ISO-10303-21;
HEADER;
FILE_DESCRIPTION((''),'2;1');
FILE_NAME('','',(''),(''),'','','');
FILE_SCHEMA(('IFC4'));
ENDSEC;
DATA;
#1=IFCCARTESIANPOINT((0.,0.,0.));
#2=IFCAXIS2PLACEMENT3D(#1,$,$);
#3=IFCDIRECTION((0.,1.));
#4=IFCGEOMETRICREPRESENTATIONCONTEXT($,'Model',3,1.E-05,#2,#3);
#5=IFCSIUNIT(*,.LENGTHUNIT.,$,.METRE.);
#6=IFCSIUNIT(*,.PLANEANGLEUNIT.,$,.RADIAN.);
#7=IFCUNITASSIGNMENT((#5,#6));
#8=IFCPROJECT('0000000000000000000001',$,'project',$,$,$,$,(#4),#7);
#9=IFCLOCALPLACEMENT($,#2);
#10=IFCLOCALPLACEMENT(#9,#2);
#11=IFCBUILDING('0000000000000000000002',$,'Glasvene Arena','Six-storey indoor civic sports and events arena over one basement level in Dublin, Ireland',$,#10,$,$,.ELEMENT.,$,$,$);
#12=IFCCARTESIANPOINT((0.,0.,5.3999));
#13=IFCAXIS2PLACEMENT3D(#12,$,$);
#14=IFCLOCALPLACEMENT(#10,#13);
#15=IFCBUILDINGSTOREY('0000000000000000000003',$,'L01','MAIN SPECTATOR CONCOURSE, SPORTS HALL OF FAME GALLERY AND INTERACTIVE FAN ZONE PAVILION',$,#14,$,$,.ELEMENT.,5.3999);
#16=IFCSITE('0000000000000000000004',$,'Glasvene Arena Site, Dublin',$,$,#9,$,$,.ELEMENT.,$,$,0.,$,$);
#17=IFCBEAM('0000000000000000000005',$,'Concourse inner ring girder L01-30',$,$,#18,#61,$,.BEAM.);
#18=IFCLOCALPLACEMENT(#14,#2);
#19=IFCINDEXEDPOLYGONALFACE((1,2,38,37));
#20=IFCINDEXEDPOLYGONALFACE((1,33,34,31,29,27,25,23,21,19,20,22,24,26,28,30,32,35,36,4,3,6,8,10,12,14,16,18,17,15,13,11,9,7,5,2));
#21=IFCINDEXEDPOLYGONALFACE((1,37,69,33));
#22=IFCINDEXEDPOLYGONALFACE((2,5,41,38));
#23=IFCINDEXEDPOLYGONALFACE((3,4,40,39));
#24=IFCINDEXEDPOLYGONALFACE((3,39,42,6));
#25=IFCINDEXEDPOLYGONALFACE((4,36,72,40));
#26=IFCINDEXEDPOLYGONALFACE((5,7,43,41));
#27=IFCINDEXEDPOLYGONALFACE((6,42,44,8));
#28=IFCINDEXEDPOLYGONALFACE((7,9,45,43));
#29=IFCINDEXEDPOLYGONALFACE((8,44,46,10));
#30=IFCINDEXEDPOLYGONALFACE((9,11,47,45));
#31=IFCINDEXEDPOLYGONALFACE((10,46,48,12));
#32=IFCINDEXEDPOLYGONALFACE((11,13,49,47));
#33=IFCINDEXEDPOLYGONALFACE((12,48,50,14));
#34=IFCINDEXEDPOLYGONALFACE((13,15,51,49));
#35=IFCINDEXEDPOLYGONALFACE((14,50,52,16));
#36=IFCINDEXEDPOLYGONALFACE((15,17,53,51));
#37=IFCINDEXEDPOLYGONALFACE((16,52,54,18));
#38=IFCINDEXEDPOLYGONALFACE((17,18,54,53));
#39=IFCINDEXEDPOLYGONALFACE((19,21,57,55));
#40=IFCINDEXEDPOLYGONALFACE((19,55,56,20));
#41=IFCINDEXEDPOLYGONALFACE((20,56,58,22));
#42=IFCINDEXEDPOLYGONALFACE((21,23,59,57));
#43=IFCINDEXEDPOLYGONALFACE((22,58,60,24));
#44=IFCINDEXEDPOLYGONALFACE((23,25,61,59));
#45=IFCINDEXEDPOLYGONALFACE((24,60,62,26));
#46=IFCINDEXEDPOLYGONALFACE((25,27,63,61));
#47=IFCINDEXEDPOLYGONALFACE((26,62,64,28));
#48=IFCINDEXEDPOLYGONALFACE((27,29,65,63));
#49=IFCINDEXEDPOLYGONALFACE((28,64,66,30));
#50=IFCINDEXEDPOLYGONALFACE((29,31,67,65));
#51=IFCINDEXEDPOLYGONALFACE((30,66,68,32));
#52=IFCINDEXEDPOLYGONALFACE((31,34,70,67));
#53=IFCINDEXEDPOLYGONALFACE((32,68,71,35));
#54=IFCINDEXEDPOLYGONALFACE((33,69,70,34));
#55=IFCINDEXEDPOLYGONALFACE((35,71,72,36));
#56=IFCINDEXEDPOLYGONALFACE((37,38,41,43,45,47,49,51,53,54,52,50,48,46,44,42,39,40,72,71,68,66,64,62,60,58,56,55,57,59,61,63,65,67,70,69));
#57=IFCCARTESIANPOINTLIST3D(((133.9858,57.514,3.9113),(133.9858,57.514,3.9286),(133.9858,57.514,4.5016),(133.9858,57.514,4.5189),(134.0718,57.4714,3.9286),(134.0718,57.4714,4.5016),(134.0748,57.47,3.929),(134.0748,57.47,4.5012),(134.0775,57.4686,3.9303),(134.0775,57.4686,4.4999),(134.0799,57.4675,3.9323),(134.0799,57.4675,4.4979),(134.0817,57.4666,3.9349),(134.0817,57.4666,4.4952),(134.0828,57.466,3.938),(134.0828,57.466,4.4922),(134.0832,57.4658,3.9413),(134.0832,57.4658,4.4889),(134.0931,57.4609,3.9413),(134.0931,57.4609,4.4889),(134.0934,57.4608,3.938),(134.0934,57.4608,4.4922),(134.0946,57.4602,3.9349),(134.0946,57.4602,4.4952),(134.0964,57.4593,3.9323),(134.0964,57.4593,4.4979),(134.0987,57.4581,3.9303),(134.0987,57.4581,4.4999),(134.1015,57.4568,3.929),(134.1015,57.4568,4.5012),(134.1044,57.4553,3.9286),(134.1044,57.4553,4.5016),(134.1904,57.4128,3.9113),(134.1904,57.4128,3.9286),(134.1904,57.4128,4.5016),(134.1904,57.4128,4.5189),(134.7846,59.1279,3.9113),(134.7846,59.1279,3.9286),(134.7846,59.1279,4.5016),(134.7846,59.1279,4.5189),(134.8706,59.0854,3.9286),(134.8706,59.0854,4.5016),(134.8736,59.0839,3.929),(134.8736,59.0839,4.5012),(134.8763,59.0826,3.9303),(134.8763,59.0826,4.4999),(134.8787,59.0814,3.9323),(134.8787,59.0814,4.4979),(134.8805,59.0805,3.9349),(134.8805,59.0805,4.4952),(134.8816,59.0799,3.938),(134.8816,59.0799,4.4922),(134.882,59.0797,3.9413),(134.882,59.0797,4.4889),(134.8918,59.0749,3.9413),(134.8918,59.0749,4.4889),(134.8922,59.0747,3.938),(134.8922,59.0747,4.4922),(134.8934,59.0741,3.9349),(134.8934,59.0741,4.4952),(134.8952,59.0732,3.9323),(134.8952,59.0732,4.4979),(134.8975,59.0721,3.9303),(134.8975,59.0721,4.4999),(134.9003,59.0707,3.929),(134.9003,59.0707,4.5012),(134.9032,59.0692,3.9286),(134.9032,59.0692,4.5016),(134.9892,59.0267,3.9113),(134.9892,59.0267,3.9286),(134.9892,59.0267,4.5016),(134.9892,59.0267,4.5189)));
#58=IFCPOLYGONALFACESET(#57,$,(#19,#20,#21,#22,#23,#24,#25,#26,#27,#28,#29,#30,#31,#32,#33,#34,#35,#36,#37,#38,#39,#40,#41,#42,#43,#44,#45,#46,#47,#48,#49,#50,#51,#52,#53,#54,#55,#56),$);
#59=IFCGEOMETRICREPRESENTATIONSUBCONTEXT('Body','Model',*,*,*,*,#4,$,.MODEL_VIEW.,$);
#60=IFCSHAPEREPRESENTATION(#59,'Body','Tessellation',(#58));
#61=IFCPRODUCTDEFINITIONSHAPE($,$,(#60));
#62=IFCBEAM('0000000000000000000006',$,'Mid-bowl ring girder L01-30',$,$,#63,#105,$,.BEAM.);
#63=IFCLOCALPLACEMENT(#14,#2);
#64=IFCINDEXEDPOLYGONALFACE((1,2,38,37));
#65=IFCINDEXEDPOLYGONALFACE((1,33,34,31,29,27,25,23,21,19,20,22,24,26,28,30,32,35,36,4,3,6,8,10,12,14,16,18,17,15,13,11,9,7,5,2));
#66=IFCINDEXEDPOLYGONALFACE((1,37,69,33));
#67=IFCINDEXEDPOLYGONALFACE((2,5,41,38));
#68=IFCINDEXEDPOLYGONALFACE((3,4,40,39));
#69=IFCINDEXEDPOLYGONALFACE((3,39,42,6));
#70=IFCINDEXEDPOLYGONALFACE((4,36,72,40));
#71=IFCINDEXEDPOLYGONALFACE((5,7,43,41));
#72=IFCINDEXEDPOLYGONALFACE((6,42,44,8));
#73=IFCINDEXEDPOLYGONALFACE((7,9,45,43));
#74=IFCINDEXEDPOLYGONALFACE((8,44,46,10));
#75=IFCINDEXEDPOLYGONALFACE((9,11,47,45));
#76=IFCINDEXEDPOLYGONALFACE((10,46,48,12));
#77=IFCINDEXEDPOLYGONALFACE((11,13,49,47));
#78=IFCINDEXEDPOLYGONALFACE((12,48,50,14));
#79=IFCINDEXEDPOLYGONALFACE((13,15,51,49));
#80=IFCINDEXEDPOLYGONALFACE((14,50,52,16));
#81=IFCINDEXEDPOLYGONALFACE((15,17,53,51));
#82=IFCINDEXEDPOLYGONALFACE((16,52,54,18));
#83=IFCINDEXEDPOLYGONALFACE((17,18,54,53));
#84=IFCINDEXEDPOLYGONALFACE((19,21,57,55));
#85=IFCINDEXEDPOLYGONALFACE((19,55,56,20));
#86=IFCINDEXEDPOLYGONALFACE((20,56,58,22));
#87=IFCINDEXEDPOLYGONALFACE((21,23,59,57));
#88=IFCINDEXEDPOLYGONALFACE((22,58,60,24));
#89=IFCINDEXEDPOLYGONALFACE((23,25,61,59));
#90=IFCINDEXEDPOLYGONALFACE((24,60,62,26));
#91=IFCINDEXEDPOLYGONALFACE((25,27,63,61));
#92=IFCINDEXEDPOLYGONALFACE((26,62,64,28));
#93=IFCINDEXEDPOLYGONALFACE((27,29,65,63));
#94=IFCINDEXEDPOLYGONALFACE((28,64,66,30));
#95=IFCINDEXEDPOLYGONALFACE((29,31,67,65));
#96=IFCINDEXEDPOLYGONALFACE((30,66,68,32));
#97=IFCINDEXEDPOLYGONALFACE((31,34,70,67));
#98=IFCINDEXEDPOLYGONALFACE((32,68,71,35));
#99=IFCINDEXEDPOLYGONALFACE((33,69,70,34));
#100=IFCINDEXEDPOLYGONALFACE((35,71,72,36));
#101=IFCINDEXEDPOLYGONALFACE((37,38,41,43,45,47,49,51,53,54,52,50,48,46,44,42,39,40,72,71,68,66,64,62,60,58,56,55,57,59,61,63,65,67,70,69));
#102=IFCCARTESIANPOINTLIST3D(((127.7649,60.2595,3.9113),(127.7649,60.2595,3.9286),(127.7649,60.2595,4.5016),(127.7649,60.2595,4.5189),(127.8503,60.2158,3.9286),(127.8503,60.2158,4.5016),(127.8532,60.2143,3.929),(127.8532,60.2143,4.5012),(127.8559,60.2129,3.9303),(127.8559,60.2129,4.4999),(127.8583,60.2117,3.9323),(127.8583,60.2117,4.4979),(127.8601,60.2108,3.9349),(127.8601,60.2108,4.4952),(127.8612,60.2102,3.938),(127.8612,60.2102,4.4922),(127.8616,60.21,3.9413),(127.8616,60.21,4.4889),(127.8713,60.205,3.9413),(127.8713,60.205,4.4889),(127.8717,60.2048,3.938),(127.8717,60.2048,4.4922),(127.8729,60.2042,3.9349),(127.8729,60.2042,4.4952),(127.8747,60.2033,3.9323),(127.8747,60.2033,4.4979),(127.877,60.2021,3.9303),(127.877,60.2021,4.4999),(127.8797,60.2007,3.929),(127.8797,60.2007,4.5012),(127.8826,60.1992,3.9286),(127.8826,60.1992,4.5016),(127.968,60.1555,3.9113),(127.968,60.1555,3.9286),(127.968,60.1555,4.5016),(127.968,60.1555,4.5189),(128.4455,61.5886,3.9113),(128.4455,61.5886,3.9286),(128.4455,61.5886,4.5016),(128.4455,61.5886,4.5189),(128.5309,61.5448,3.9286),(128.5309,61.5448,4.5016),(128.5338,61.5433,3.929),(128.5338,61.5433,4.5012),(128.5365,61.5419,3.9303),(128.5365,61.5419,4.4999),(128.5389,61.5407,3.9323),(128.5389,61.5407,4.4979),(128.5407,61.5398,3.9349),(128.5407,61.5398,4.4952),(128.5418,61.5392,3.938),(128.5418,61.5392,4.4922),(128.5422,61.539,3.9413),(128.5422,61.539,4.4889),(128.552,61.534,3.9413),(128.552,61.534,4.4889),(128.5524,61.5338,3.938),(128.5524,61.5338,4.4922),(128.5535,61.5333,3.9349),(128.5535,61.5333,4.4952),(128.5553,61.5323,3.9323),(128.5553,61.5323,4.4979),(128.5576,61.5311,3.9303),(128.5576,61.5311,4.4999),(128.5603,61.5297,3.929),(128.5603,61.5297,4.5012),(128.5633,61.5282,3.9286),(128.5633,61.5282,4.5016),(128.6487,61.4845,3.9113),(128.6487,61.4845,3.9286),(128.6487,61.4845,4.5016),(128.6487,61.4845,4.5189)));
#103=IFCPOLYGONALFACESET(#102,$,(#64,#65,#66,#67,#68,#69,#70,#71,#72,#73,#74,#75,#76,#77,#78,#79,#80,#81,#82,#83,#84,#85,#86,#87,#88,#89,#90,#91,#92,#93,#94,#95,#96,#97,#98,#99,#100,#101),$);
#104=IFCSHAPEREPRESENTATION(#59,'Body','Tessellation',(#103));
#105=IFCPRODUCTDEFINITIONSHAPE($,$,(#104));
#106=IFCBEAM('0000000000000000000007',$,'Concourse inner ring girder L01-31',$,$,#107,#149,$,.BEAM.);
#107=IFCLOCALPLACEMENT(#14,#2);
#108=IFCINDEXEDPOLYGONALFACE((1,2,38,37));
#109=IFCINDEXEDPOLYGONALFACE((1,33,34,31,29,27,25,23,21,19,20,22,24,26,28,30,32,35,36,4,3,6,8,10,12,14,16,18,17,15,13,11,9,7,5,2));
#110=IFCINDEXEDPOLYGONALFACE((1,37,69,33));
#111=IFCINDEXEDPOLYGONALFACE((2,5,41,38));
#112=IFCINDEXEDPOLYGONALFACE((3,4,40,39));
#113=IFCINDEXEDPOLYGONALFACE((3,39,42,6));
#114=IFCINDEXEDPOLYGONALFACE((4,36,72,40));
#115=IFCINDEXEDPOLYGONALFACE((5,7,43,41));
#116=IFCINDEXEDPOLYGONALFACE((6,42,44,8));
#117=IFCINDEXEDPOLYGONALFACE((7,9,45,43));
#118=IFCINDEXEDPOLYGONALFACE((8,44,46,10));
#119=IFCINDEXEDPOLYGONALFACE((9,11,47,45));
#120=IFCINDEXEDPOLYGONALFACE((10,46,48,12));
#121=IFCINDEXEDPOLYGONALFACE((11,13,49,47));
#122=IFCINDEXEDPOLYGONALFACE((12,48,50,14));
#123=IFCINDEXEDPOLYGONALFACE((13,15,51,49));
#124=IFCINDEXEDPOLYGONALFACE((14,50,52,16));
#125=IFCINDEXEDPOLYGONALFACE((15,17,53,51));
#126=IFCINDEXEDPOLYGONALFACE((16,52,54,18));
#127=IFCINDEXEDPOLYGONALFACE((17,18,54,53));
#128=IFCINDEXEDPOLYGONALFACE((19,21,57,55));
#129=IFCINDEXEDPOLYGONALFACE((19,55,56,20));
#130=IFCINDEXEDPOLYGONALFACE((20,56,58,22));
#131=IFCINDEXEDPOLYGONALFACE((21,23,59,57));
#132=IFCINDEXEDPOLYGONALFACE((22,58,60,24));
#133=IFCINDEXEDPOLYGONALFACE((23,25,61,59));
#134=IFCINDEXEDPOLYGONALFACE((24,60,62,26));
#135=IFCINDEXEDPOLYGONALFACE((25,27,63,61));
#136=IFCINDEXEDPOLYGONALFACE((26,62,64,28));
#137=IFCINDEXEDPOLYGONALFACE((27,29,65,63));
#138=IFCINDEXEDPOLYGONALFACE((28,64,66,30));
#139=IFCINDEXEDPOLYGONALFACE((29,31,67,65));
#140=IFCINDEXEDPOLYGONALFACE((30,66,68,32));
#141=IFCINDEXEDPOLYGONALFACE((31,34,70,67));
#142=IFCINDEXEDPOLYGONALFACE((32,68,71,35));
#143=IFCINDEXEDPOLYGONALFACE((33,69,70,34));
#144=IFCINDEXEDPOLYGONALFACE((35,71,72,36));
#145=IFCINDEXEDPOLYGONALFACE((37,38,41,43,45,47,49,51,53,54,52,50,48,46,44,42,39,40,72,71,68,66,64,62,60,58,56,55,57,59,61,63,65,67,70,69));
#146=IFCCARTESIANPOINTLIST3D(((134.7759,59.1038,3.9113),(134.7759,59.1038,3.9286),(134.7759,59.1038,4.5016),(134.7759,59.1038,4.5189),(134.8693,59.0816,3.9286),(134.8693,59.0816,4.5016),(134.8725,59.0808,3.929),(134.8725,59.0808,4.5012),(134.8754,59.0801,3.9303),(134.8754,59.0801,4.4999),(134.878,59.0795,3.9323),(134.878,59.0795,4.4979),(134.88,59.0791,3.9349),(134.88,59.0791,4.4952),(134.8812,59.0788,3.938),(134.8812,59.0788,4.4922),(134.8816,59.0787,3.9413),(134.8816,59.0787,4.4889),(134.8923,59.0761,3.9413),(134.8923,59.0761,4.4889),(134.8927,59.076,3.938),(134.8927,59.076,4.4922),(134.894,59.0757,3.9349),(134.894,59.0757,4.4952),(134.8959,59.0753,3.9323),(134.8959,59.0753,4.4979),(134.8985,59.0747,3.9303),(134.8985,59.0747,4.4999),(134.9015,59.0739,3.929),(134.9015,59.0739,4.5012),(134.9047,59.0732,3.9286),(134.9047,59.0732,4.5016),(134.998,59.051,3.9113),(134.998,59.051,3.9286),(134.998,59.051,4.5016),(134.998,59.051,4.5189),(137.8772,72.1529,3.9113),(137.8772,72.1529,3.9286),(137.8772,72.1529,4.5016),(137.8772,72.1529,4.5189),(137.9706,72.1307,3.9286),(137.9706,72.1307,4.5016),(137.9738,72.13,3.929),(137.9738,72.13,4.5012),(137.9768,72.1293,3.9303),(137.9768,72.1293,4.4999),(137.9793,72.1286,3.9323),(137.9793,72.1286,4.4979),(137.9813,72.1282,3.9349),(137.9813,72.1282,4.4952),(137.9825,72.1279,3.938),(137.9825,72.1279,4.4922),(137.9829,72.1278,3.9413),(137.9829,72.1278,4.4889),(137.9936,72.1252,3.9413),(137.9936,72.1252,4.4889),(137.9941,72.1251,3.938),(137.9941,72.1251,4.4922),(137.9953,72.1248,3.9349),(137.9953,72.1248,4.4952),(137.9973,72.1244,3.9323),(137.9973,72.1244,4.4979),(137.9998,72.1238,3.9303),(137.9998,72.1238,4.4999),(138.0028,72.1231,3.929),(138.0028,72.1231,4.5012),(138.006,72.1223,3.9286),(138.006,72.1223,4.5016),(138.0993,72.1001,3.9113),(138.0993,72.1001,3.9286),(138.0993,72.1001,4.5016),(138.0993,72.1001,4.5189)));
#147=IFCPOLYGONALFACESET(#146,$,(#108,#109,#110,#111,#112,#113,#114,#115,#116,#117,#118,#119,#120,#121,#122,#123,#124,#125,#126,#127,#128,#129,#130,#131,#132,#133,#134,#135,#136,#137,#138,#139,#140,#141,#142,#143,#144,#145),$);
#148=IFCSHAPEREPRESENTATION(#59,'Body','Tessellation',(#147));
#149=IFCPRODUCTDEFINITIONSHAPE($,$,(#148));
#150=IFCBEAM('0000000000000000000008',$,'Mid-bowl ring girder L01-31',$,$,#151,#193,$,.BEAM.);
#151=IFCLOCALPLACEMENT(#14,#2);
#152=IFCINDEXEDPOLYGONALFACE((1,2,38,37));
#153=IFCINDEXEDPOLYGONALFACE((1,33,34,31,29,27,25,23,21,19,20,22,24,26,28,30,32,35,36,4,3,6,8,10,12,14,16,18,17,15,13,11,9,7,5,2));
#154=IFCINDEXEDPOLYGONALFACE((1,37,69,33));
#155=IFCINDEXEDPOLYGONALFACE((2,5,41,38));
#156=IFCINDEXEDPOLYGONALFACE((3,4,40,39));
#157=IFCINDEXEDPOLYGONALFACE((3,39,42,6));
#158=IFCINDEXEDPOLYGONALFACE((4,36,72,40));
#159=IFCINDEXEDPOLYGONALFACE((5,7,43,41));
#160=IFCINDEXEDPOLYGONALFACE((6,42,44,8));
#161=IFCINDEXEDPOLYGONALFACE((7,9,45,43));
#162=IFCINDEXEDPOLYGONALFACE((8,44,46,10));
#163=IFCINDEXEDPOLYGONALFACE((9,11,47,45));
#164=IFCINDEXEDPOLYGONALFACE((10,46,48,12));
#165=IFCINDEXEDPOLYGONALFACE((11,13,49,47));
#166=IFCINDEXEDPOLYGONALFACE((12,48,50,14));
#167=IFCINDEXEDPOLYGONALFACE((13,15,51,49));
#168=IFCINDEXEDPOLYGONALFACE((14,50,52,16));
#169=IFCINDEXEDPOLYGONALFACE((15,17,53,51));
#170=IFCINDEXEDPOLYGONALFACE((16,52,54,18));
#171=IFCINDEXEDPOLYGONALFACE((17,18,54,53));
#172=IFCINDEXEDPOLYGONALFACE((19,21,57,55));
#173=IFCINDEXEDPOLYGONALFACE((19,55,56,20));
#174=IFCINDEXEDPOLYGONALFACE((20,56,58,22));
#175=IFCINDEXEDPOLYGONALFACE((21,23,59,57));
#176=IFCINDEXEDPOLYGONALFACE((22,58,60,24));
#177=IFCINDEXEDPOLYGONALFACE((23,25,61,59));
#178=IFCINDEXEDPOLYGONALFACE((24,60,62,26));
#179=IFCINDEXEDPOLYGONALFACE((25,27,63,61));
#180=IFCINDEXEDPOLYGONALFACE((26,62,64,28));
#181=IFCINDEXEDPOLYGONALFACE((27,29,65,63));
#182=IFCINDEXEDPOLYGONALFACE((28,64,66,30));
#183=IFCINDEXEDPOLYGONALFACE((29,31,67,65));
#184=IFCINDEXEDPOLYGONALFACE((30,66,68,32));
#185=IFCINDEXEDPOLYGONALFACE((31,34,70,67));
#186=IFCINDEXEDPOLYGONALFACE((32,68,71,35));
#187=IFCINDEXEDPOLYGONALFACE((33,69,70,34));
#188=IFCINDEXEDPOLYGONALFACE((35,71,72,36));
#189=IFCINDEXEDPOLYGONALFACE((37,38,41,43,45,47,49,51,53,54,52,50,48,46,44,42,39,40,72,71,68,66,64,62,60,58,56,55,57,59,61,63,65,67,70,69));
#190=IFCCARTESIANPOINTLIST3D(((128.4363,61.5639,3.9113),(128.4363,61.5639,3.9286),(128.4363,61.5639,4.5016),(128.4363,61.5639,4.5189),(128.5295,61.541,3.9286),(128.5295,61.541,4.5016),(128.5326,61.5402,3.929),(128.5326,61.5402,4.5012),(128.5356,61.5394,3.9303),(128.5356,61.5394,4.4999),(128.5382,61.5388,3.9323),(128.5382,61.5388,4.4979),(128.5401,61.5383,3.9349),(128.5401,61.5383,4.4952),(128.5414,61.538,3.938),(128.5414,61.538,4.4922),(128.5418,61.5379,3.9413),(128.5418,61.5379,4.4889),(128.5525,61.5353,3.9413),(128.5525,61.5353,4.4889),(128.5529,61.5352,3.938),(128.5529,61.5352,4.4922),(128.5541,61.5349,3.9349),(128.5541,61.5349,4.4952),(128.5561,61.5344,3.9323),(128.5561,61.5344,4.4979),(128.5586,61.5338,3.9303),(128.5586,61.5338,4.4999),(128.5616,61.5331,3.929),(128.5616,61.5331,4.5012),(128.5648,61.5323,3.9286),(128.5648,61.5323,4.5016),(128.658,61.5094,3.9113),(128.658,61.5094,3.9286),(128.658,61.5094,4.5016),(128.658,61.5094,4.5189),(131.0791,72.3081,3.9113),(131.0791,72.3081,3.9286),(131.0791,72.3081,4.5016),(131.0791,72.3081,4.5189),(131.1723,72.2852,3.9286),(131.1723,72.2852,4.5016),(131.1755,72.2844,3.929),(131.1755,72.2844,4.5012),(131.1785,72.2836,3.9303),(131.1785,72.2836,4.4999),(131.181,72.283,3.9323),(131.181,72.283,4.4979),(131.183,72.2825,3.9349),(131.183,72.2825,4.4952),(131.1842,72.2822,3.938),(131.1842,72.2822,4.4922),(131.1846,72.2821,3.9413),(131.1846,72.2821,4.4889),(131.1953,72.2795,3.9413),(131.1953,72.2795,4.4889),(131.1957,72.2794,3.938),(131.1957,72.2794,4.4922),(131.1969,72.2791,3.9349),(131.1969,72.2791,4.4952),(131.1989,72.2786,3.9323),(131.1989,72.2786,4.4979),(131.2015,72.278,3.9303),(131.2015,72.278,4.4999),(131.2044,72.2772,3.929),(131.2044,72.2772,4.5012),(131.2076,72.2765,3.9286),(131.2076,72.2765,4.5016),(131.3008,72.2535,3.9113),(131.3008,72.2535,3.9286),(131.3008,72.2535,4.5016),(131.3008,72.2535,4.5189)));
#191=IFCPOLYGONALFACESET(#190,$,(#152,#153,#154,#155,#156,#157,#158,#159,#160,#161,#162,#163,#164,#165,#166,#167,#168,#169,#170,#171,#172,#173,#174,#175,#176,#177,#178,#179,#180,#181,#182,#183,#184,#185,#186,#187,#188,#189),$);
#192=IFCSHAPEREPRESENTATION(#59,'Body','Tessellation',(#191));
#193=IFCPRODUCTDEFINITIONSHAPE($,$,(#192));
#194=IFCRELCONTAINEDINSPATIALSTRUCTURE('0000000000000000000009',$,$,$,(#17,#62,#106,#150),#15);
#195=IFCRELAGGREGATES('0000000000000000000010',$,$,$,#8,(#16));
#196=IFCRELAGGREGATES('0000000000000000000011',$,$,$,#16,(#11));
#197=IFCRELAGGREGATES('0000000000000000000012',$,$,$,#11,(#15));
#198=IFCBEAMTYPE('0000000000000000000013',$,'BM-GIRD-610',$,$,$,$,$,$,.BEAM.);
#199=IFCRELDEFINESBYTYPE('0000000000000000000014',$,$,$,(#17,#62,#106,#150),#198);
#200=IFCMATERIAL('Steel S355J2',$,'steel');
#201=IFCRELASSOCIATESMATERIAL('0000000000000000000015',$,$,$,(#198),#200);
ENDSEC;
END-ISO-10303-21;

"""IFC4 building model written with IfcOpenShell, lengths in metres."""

from ifc_helpers import new_model, si_unit, direction, frame, origin, origin_2d, place, context, subcontext, project, spatial, i_section, extrude, material, material_profile, profile_set, type_object, element, save


model = new_model("IFC4")

# Units and contexts
model_context = context("Model", 3, precision=1e-05, world=origin(), true_north=direction((0.0, 1.0)))
body_context = subcontext(model_context, "Body", "Model", "MODEL_VIEW")
ifc_project = project(units=[si_unit("LENGTHUNIT", "METRE"), si_unit("PLANEANGLEUNIT", "RADIAN")], contexts=[model_context])

# Site, building, storey
site_placement = place(None, origin())
site = spatial("IfcSite", under=ifc_project, at=site_placement, Name="Glasvene Arena Site, Dublin", CompositionType="ELEMENT", RefElevation=0.0)
building_placement = place(site_placement, origin())
building = spatial("IfcBuilding", under=site, at=building_placement, Name="Glasvene Arena", Description="Six-storey indoor civic sports and events arena over one basement level in Dublin, Ireland", CompositionType="ELEMENT")
storey_placement = place(building_placement, frame((0.0, 0.0, 5.3999)))
storey = spatial("IfcBuildingStorey", under=building, at=storey_placement, Name="L01", Description="MAIN SPECTATOR CONCOURSE, SPORTS HALL OF FAME GALLERY AND INTERACTIVE FAN ZONE PAVILION", CompositionType="ELEMENT", Elevation=5.3999)

# Shared definitions
ifc_material_1 = material(Name="Steel S355J2", Category="steel")

# Beams
ifc_material_profile_1 = material_profile(ifc_material_1, i_section(OverallWidth=0.2283, OverallDepth=0.6077, WebThickness=0.011, FlangeThickness=0.0173, FilletRadius=0.0127, at=origin_2d()), Name="UKB 610x229x113")
ifc_profile_set_1 = profile_set([ifc_material_profile_1], Name="Steel S355J2")
beam_type_1 = type_object("IfcBeamType", Name="BM-GIRD-610", PredefinedType="BEAM", material=ifc_profile_set_1)
beam_1_placement = place(storey_placement, frame((134.0881, 57.4634, 4.2151), z_axis=(0.443577, 0.896236, 0.0), x_axis=(-0.896236, 0.443577, 0.0)))
element("IfcBeam", 1, at=beam_1_placement, inside=storey, type_object=beam_type_1, Name="Concourse inner ring girder L01-30", PredefinedType="BEAM", context=body_context, shape_type="SweptSolid", body=[
    extrude(i_section(OverallWidth=0.2283, OverallDepth=0.6077, WebThickness=0.011, FlangeThickness=0.0173, FilletRadius=0.0127, at=origin_2d()), origin(), (0.0, 0.0, 1.0), 1.8008),
])
beam_2_placement = place(storey_placement, frame((127.8665, 60.2075, 4.2151), z_axis=(0.455825, 0.890069, 0.0), x_axis=(-0.890069, 0.455825, 0.0)))
element("IfcBeam", 2, at=beam_2_placement, inside=storey, type_object=beam_type_1, Name="Mid-bowl ring girder L01-30", PredefinedType="BEAM", context=body_context, shape_type="SweptSolid", body=[
    extrude(i_section(OverallWidth=0.2283, OverallDepth=0.6077, WebThickness=0.011, FlangeThickness=0.0173, FilletRadius=0.0127, at=origin_2d()), origin(), (0.0, 0.0, 1.0), 1.4932),
])
beam_3_placement = place(storey_placement, frame((134.887, 59.0774, 4.2151), z_axis=(0.231225, 0.9729, 0.0), x_axis=(-0.9729, 0.231225, 0.0)))
element("IfcBeam", 3, at=beam_3_placement, inside=storey, type_object=beam_type_1, Name="Concourse inner ring girder L01-31", PredefinedType="BEAM", context=body_context, shape_type="SweptSolid", body=[
    extrude(i_section(OverallWidth=0.2283, OverallDepth=0.6077, WebThickness=0.011, FlangeThickness=0.0173, FilletRadius=0.0127, at=origin_2d()), origin(), (0.0, 0.0, 1.0), 13.4126),
])
beam_4_placement = place(storey_placement, frame((128.5471, 61.5366, 4.2151), z_axis=(0.238858, 0.971054, 0.0), x_axis=(-0.971054, 0.238858, 0.0)))
element("IfcBeam", 4, at=beam_4_placement, inside=storey, type_object=beam_type_1, Name="Mid-bowl ring girder L01-31", PredefinedType="BEAM", context=body_context, shape_type="SweptSolid", body=[
    extrude(i_section(OverallWidth=0.2283, OverallDepth=0.6077, WebThickness=0.011, FlangeThickness=0.0173, FilletRadius=0.0127, at=origin_2d()), origin(), (0.0, 0.0, 1.0), 11.0645),
])

save(model, "model.ifc")
